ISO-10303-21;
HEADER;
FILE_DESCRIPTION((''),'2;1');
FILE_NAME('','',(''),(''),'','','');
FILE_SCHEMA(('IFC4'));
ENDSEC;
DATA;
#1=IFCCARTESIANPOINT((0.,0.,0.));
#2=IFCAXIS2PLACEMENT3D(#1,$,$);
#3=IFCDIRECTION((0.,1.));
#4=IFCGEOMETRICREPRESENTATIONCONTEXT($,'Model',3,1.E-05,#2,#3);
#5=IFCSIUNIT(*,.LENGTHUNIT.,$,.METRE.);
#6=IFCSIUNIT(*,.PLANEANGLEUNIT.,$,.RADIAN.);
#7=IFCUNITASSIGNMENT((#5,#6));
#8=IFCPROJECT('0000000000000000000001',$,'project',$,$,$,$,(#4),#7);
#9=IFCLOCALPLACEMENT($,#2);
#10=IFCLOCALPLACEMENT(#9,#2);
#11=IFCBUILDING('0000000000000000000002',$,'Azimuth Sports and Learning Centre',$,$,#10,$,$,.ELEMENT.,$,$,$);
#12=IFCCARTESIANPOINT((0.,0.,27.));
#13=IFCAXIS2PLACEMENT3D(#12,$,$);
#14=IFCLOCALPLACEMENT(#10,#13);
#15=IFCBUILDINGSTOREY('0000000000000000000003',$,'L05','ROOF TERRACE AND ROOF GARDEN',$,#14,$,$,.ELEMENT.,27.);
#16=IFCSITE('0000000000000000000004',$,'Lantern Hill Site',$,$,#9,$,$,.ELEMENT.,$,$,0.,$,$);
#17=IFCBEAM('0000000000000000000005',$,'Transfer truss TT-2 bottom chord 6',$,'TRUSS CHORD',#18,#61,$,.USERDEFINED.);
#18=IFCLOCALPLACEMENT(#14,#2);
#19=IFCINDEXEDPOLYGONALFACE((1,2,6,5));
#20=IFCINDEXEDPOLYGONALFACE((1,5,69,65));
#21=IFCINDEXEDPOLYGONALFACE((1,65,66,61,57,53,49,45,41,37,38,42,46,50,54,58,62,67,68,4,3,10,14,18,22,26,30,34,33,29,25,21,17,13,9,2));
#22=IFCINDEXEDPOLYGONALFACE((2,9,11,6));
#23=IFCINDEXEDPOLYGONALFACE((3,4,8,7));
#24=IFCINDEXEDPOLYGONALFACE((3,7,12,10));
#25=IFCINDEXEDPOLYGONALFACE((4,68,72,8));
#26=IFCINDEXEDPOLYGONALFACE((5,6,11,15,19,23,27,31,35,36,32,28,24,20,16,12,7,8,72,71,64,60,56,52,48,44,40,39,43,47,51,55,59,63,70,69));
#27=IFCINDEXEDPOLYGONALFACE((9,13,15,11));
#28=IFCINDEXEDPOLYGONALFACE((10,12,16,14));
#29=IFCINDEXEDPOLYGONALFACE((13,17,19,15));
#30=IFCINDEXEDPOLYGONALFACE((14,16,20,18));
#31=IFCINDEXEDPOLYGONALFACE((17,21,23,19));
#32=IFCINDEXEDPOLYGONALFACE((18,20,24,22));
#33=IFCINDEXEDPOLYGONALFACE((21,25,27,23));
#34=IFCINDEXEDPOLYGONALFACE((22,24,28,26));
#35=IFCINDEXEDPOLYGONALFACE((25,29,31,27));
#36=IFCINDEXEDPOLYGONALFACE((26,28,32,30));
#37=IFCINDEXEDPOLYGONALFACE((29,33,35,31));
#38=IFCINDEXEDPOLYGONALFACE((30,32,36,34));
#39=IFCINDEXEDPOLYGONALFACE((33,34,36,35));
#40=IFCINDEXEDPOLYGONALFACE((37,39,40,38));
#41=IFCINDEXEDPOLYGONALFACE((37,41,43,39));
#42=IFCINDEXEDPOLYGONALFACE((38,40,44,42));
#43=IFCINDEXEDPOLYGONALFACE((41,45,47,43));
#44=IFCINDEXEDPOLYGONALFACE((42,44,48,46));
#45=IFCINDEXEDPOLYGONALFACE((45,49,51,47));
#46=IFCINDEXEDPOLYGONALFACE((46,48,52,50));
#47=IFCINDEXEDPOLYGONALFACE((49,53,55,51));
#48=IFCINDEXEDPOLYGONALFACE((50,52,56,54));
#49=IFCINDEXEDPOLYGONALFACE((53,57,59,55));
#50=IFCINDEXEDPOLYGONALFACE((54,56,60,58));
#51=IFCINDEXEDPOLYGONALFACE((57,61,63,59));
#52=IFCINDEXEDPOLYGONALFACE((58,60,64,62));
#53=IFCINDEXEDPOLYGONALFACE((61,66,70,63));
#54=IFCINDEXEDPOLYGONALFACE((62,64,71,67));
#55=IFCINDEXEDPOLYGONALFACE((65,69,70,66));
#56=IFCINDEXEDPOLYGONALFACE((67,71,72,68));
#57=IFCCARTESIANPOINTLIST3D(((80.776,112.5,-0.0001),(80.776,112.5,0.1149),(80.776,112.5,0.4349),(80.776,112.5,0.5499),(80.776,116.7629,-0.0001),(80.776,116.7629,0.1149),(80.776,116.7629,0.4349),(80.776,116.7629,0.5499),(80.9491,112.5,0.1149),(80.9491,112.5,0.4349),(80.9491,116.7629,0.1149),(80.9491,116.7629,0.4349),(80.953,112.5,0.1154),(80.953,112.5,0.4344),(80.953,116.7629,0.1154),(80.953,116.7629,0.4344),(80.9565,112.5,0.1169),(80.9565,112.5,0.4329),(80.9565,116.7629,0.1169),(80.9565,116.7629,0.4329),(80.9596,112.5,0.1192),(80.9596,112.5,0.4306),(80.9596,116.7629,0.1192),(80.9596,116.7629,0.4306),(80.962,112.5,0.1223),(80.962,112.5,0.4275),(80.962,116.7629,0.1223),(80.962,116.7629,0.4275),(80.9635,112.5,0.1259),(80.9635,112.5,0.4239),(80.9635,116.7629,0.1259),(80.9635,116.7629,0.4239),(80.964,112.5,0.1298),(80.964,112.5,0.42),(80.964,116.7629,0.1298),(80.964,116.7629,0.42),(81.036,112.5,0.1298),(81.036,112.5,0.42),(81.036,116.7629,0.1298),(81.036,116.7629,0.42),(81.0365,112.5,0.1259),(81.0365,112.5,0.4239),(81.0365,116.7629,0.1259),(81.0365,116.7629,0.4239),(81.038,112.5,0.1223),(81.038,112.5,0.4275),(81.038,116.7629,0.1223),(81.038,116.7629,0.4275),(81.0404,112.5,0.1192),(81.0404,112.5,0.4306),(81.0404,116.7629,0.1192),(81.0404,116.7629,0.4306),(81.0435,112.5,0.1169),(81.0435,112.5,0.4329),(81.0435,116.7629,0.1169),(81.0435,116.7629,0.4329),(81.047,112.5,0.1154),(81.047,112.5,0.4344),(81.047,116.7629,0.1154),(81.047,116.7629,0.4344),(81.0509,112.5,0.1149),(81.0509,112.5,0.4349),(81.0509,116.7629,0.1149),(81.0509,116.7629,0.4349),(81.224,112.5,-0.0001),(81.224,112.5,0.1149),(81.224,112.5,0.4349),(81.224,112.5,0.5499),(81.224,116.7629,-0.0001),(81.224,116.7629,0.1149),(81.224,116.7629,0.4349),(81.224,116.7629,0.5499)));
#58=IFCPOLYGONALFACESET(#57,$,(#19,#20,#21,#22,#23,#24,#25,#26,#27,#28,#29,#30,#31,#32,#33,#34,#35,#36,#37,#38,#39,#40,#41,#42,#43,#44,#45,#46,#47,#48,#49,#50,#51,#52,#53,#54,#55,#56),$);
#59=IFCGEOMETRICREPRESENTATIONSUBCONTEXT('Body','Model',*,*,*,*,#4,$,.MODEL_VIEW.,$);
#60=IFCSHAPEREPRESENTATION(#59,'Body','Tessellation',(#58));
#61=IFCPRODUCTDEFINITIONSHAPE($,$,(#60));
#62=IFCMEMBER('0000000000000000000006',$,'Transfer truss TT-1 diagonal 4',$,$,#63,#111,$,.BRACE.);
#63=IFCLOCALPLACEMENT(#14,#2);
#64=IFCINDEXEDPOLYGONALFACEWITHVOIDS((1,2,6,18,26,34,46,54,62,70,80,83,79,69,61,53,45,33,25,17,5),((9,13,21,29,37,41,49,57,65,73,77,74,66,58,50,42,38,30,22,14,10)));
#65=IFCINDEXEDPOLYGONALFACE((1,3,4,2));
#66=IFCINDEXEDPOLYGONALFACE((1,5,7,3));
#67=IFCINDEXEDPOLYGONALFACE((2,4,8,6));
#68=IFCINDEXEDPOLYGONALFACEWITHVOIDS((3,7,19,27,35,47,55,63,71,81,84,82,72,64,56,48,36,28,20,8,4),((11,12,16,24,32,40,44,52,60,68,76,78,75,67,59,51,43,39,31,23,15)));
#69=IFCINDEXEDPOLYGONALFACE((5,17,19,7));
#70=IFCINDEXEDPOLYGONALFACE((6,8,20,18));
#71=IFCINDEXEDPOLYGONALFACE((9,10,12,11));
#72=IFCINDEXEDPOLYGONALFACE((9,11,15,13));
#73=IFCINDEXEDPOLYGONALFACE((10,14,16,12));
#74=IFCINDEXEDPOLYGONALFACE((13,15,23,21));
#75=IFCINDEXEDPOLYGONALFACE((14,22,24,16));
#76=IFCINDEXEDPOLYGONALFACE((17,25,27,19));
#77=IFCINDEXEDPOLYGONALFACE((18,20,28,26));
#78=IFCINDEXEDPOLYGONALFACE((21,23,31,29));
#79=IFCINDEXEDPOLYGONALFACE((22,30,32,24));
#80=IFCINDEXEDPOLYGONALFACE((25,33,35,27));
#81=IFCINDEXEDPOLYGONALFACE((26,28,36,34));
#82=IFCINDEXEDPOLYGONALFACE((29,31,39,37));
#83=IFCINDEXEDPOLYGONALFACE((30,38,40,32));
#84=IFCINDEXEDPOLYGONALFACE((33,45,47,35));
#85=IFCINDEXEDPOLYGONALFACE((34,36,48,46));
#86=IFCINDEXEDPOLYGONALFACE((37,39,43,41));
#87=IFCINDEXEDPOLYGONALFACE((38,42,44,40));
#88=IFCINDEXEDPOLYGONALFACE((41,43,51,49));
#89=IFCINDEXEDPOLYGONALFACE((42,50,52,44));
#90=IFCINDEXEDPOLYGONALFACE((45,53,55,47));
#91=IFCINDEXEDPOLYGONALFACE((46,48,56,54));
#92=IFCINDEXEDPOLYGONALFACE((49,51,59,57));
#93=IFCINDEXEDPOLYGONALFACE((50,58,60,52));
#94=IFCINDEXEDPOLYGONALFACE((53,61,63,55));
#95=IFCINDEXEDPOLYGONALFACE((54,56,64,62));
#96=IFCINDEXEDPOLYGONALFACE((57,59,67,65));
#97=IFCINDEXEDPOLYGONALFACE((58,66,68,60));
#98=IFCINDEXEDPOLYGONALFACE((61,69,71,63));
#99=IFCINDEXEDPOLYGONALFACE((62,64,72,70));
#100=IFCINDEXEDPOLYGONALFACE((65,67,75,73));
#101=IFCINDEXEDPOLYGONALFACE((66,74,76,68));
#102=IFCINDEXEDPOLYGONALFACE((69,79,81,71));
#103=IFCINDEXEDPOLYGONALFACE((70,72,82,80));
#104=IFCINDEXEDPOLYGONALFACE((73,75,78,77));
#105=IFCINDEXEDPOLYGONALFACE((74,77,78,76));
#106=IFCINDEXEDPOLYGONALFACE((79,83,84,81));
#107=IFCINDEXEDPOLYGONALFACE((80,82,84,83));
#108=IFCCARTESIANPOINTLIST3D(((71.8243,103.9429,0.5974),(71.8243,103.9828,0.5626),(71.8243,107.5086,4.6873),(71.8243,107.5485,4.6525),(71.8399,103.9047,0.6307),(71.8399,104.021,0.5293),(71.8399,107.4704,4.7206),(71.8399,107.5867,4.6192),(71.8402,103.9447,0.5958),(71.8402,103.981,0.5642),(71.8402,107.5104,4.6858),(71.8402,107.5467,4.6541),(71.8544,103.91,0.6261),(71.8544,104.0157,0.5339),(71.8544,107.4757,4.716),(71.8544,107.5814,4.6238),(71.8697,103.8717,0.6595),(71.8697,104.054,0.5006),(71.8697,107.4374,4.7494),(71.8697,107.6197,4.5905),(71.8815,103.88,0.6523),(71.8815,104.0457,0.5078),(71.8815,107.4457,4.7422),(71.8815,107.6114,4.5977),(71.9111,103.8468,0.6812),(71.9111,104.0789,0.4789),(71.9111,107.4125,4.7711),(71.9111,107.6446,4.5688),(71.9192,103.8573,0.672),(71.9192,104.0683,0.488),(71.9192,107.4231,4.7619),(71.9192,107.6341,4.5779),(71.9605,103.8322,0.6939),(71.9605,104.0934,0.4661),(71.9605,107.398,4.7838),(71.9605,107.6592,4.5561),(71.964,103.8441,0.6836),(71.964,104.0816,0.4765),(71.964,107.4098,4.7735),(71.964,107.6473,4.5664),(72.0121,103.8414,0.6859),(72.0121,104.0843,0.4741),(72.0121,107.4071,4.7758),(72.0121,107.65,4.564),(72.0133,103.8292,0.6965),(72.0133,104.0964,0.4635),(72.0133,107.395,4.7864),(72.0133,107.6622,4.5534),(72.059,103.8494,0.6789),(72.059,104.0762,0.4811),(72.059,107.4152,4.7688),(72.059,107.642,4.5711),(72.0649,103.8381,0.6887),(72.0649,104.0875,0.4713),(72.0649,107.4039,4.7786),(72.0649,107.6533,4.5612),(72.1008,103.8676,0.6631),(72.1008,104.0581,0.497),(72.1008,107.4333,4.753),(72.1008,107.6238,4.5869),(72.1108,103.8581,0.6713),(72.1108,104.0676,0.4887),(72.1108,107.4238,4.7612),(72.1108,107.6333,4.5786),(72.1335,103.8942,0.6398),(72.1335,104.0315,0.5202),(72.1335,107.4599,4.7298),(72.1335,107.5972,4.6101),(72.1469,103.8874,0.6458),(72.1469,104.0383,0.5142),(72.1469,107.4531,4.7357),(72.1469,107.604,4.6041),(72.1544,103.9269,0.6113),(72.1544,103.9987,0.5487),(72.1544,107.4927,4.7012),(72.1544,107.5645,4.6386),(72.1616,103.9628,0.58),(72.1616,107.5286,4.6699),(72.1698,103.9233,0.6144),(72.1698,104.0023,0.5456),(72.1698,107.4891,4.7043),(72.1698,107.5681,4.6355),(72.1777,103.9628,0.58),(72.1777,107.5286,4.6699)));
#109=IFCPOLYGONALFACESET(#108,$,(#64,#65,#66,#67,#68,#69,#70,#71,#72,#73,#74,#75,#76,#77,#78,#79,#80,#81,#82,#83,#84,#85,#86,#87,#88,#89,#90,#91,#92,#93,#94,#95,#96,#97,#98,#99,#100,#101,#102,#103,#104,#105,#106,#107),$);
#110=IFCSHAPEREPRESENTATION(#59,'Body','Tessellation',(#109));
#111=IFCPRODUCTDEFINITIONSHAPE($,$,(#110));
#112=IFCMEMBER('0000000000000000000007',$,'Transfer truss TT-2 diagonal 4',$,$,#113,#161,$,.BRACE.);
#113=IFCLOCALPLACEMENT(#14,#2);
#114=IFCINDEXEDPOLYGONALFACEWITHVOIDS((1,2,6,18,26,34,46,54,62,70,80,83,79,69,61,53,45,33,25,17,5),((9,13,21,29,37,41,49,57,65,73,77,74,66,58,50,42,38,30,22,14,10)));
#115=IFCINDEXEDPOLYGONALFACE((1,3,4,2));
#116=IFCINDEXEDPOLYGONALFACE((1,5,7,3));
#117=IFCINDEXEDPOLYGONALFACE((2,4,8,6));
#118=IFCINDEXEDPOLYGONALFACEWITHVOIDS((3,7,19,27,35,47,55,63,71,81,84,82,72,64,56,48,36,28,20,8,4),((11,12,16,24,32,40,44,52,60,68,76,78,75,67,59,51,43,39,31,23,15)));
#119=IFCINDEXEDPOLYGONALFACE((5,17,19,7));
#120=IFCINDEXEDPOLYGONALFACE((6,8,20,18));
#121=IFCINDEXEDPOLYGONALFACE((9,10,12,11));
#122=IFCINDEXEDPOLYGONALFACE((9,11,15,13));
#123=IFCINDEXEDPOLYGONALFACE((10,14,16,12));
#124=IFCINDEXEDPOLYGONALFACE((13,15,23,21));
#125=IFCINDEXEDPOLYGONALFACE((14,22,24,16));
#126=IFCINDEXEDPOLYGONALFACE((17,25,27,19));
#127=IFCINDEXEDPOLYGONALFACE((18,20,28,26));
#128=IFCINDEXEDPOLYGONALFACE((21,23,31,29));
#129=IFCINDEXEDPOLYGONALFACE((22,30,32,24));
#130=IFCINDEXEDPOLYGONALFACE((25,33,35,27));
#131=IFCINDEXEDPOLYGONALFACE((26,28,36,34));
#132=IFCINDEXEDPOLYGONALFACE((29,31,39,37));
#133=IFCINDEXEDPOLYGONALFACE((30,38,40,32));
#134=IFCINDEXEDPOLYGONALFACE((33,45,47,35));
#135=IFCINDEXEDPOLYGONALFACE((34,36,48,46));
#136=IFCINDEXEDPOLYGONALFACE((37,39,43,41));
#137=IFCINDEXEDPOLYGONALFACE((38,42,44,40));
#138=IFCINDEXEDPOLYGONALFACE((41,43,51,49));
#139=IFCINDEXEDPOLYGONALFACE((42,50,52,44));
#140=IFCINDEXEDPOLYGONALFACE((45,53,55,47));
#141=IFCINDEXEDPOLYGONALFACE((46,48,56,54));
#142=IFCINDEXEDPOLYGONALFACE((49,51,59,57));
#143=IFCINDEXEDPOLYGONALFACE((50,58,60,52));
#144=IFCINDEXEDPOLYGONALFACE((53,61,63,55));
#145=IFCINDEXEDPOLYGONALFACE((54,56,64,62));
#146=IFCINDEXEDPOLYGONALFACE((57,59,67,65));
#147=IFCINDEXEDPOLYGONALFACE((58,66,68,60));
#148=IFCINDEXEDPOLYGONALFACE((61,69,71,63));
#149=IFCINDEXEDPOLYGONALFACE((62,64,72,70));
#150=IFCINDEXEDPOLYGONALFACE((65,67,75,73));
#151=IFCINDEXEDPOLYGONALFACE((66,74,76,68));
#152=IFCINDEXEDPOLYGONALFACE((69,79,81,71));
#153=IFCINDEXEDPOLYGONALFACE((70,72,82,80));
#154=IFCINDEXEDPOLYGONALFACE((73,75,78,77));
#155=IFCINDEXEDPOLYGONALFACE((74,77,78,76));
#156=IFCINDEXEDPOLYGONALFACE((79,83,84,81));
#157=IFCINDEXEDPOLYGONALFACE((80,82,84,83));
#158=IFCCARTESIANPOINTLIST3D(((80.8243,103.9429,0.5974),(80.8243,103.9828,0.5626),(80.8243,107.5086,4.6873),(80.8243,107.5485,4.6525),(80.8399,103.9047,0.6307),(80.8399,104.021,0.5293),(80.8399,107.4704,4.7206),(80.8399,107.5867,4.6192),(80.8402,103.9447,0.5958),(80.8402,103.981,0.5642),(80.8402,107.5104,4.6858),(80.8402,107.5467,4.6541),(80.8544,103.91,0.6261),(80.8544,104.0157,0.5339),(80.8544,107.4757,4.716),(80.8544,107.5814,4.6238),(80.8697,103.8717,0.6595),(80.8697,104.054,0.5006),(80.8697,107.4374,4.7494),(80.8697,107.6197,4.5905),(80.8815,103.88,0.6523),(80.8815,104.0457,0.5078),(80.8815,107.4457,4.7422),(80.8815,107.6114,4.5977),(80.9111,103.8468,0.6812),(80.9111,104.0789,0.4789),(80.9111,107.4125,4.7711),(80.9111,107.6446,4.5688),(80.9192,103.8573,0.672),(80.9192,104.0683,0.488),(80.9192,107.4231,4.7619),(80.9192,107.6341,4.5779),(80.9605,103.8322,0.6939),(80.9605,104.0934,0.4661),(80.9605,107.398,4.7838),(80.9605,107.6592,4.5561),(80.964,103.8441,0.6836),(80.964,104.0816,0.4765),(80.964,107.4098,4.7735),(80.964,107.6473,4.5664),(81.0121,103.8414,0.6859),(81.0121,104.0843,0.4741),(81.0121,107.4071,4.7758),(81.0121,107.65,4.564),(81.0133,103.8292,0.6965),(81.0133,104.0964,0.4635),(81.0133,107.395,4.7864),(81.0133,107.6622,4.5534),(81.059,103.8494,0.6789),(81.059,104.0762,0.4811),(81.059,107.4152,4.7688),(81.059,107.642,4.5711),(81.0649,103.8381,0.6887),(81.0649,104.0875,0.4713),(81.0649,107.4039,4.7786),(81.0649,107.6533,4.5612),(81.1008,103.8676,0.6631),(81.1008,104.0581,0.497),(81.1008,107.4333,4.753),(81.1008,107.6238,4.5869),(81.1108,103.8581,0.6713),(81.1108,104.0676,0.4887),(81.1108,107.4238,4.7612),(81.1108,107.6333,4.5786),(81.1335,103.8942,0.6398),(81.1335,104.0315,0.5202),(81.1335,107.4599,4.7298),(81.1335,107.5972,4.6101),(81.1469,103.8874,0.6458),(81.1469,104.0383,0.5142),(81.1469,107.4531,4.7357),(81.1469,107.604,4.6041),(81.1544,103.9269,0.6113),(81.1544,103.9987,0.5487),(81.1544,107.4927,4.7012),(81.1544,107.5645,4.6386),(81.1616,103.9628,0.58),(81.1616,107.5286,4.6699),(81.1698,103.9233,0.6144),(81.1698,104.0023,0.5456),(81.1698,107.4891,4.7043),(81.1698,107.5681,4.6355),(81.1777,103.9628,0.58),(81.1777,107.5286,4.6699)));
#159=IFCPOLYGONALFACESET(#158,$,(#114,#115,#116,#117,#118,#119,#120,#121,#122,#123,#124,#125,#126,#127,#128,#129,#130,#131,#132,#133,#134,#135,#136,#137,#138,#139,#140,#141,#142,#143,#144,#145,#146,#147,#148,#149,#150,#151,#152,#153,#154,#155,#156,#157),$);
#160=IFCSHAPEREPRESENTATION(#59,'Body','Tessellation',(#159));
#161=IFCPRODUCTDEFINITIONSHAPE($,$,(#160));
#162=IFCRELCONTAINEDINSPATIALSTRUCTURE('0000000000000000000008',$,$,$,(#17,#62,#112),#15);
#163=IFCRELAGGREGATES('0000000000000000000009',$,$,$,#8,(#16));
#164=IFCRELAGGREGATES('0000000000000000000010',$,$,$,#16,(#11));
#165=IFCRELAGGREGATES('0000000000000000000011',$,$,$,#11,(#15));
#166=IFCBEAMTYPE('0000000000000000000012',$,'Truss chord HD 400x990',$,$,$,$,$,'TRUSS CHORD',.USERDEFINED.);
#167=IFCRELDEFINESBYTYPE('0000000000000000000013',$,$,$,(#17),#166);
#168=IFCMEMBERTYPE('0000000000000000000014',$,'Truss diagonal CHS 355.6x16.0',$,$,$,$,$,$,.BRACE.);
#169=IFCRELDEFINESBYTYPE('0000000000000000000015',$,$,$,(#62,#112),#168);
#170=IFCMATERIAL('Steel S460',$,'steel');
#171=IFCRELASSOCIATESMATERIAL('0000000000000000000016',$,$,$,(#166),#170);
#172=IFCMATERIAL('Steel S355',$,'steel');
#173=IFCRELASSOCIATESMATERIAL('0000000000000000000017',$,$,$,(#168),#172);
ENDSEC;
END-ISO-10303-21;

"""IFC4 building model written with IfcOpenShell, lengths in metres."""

from ifc_helpers import new_model, si_unit, direction, frame, origin, origin_2d, place, context, subcontext, project, spatial, hollow_circle, i_section, extrude, material, material_profile, profile_set, type_object, element, save


model = new_model("IFC4")

# Units and contexts
model_context = context("Model", 3, precision=1e-05, world=origin(), true_north=direction((0.0, 1.0)))
body_context = subcontext(model_context, "Body", "Model", "MODEL_VIEW")
ifc_project = project(units=[si_unit("LENGTHUNIT", "METRE"), si_unit("PLANEANGLEUNIT", "RADIAN")], contexts=[model_context])

# Site, building, storey
site_placement = place(None, origin())
site = spatial("IfcSite", under=ifc_project, at=site_placement, Name="Lantern Hill Site", CompositionType="ELEMENT", RefElevation=0.0)
building_placement = place(site_placement, origin())
building = spatial("IfcBuilding", under=site, at=building_placement, Name="Azimuth Sports and Learning Centre", CompositionType="ELEMENT")
storey_placement = place(building_placement, frame((0.0, 0.0, 27.0)))
storey = spatial("IfcBuildingStorey", under=building, at=storey_placement, Name="L05", Description="ROOF TERRACE AND ROOF GARDEN", CompositionType="ELEMENT", Elevation=27.0)

# Beam
ifc_material_1 = material(Name="Steel S460", Category="steel")
ifc_material_profile_1 = material_profile(ifc_material_1, i_section(OverallWidth=0.448, OverallDepth=0.55, WebThickness=0.072, FlangeThickness=0.115, FilletRadius=0.0149, at=origin_2d()), Name="HD 400x990")
ifc_profile_set_1 = profile_set([ifc_material_profile_1], Name="Steel S460")
beam_type_1 = type_object("IfcBeamType", Name="Truss chord HD 400x990", ElementType="TRUSS CHORD", PredefinedType="USERDEFINED", material=ifc_profile_set_1)
for number, where, z_axis, x_axis, name in (
    (1, (81.0, 112.5, 0.2749), (0.0, 1.0, 0.0), (-1.0, 0.0, 0.0), "Transfer truss TT-2 bottom chord 6"),
):
    element("IfcBeam", number, at=place(storey_placement, frame(where, z_axis=z_axis, x_axis=x_axis)), inside=storey, type_object=beam_type_1, Name=name, ObjectType="TRUSS CHORD", PredefinedType="USERDEFINED", context=body_context, shape_type="SweptSolid", body=[
        extrude(i_section(OverallWidth=0.448, OverallDepth=0.55, WebThickness=0.072, FlangeThickness=0.115, FilletRadius=0.0149, at=origin_2d()), origin(), (0.0, 0.0, 1.0), 4.2629),
    ])

# Members
ifc_material_2 = material(Name="Steel S355", Category="steel")
ifc_material_profile_2 = material_profile(ifc_material_2, hollow_circle(Radius=0.1777, WallThickness=0.0161, at=origin_2d()), Name="CHS 355.6x16.0")
ifc_profile_set_2 = profile_set([ifc_material_profile_2], Name="Steel S355")
member_type_1 = type_object("IfcMemberType", Name="Truss diagonal CHS 355.6x16.0", PredefinedType="BRACE", material=ifc_profile_set_2)
for number, where, z_axis, x_axis, name in (
    (2, (72.0, 107.5286, 4.6699), (0.0, -0.657153, -0.753757), (1.0, 0.0, 0.0), "Transfer truss TT-1 diagonal 4"),
    (3, (81.0, 107.5286, 4.6699), (0.0, -0.657153, -0.753757), (1.0, 0.0, 0.0), "Transfer truss TT-2 diagonal 4"),
):
    element("IfcMember", number, at=place(storey_placement, frame(where, z_axis=z_axis, x_axis=x_axis)), inside=storey, type_object=member_type_1, Name=name, PredefinedType="BRACE", context=body_context, shape_type="SweptSolid", body=[
        extrude(hollow_circle(Radius=0.1777, WallThickness=0.0161, at=origin_2d()), origin(), (0.0, 0.0, 1.0), 5.426),
    ])

save(model, "model.ifc")
